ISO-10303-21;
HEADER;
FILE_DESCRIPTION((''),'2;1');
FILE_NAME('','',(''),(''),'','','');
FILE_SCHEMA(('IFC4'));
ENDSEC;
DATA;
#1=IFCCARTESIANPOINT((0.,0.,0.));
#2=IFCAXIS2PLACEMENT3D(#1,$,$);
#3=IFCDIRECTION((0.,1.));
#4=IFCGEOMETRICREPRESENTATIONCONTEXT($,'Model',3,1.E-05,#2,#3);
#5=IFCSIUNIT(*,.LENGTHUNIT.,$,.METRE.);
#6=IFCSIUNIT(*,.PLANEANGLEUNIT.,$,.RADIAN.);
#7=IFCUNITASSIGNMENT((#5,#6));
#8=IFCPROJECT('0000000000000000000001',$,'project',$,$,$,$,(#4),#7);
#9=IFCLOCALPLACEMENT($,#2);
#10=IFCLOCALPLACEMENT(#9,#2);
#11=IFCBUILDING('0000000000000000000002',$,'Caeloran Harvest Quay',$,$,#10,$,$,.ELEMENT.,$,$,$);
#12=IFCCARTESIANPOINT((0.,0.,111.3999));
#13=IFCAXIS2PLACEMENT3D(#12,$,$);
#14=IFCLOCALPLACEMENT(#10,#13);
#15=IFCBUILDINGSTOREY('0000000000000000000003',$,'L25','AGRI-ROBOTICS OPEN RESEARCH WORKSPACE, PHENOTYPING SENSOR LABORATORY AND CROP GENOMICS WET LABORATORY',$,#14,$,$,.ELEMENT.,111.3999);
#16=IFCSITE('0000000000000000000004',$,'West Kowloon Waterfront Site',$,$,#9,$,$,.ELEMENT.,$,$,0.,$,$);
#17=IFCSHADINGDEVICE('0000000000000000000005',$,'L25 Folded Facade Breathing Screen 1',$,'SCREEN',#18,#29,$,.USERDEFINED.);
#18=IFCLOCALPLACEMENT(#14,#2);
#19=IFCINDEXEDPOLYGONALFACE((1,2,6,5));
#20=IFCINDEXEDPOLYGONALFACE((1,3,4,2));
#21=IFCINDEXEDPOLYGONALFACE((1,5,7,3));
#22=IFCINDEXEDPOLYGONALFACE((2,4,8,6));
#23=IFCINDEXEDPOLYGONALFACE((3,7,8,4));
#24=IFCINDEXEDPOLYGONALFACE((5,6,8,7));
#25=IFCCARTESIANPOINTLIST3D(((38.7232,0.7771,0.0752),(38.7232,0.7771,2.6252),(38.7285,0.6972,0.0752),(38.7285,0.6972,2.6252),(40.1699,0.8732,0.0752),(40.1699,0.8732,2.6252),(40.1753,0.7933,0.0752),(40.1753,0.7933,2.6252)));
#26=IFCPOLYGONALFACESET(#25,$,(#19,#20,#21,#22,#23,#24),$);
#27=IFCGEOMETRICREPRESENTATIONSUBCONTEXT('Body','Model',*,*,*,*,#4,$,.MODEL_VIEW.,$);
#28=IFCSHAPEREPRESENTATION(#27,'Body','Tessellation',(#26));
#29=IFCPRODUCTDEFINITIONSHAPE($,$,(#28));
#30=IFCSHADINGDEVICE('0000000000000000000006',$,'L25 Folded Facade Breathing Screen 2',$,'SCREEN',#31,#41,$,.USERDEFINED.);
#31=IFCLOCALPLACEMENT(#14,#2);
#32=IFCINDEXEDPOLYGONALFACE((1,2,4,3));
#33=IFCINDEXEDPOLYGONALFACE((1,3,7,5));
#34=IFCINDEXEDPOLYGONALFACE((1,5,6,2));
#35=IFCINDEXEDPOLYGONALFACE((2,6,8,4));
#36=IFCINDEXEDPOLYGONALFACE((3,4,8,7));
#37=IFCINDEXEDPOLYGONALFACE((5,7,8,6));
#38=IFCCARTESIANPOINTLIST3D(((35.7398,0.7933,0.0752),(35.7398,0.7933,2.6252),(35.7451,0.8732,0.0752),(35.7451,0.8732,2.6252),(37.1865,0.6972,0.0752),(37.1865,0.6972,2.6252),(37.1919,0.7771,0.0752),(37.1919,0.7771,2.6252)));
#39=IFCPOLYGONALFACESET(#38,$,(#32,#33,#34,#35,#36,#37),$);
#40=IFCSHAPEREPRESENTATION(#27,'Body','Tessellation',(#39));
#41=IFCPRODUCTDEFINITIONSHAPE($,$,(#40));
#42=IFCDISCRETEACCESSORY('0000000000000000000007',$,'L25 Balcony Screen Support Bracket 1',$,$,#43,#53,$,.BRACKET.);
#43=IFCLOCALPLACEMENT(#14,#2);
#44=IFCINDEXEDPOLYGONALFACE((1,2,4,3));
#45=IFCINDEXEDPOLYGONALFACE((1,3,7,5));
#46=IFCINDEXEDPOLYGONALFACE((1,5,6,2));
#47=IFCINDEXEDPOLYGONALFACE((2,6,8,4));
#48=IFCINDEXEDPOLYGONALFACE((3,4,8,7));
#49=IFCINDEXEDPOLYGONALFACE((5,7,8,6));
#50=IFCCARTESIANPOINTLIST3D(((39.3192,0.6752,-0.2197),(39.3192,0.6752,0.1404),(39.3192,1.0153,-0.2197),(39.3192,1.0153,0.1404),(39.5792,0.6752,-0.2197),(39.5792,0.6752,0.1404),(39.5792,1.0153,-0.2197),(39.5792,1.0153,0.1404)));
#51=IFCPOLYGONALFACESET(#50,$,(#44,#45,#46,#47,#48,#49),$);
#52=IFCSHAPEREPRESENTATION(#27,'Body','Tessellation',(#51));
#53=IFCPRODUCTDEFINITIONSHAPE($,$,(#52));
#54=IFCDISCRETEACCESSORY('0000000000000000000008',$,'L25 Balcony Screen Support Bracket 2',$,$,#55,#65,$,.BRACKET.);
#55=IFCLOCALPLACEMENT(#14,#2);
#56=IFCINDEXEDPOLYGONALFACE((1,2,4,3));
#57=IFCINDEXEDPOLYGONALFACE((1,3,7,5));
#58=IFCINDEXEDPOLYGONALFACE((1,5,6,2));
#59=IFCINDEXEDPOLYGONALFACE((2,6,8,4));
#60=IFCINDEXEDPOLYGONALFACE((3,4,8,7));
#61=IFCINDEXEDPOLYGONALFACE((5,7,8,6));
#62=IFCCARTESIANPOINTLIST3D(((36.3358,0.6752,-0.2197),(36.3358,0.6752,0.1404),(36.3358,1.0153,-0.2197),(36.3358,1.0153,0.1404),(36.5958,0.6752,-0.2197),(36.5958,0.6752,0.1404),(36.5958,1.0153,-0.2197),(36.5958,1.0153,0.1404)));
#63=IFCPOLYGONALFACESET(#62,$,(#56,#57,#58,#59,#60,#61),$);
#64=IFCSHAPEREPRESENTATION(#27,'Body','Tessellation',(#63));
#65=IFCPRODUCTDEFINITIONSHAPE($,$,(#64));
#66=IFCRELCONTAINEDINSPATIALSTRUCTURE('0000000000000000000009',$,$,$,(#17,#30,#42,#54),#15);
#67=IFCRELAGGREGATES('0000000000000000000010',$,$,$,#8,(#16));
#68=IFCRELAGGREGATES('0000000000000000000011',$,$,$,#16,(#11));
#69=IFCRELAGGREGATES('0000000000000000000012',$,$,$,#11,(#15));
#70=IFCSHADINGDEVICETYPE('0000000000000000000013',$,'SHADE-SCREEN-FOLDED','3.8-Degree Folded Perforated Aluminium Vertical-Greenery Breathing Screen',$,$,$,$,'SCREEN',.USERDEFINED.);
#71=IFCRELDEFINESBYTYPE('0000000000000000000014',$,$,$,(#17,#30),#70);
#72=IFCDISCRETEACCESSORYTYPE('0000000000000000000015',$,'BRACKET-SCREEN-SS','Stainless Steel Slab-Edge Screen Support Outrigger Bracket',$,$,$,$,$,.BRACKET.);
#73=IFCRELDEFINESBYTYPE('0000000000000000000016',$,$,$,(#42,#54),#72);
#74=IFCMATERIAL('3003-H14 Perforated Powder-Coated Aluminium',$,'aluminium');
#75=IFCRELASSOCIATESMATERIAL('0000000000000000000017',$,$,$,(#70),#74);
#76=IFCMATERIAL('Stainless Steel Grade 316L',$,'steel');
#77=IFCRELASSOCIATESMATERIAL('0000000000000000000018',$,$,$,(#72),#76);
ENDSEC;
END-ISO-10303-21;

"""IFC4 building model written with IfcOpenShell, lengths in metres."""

from ifc_helpers import new_model, si_unit, direction, frame, origin, origin_2d, place, context, subcontext, project, spatial, rectangle, extrude, material, type_object, element, save


model = new_model("IFC4")

# Units and contexts
model_context = context("Model", 3, precision=1e-05, world=origin(), true_north=direction((0.0, 1.0)))
body_context = subcontext(model_context, "Body", "Model", "MODEL_VIEW")
ifc_project = project(units=[si_unit("LENGTHUNIT", "METRE"), si_unit("PLANEANGLEUNIT", "RADIAN")], contexts=[model_context])

# Site, building, storey
site_placement = place(None, origin())
site = spatial("IfcSite", under=ifc_project, at=site_placement, Name="West Kowloon Waterfront Site", CompositionType="ELEMENT", RefElevation=0.0)
building_placement = place(site_placement, origin())
building = spatial("IfcBuilding", under=site, at=building_placement, Name="Caeloran Harvest Quay", CompositionType="ELEMENT")
storey_placement = place(building_placement, frame((0.0, 0.0, 111.3999)))
storey = spatial("IfcBuildingStorey", under=building, at=storey_placement, Name="L25", Description="AGRI-ROBOTICS OPEN RESEARCH WORKSPACE, PHENOTYPING SENSOR LABORATORY AND CROP GENOMICS WET LABORATORY", CompositionType="ELEMENT", Elevation=111.3999)

# Shading devices
ifc_material_1 = material(Name="3003-H14 Perforated Powder-Coated Aluminium", Category="aluminium")
shading_device_type = type_object("IfcShadingDeviceType", Name="SHADE-SCREEN-FOLDED", Description="3.8-Degree Folded Perforated Aluminium Vertical-Greenery Breathing Screen", ElementType="SCREEN", PredefinedType="USERDEFINED", material=ifc_material_1)
for number, where, z_axis, x_axis, name in (
    (1, (39.4492, 0.7852, 0.0752), (0.0, 0.0, 1.0), (0.997801, 0.066274, 0.0), "L25 Folded Facade Breathing Screen 1"),
    (2, (36.4658, 0.7852, 0.0752), (0.0, 0.0, 1.0), (0.997801, -0.066274, 0.0), "L25 Folded Facade Breathing Screen 2"),
):
    element("IfcShadingDevice", number, at=place(storey_placement, frame(where, z_axis=z_axis, x_axis=x_axis)), inside=storey, type_object=shading_device_type, Name=name, ObjectType="SCREEN", PredefinedType="USERDEFINED", context=body_context, shape_type="SweptSolid", body=[
        extrude(rectangle(XDim=1.45, YDim=0.0801, at=origin_2d()), origin(), (0.0, 0.0, 1.0), 2.55),
    ])

# Discrete accessories
ifc_material_2 = material(Name="Stainless Steel Grade 316L", Category="steel")
discrete_accessory_type = type_object("IfcDiscreteAccessoryType", Name="BRACKET-SCREEN-SS", Description="Stainless Steel Slab-Edge Screen Support Outrigger Bracket", PredefinedType="BRACKET", material=ifc_material_2)
for number, where, z_axis, x_axis, name in (
    (3, (39.4492, 0.8452, -0.2197), (0.0, 0.0, 1.0), (1.0, 0.0, 0.0), "L25 Balcony Screen Support Bracket 1"),
    (4, (36.4658, 0.8452, -0.2197), (0.0, 0.0, 1.0), (1.0, 0.0, 0.0), "L25 Balcony Screen Support Bracket 2"),
):
    element("IfcDiscreteAccessory", number, at=place(storey_placement, frame(where, z_axis=z_axis, x_axis=x_axis)), inside=storey, type_object=discrete_accessory_type, Name=name, PredefinedType="BRACKET", context=body_context, shape_type="SweptSolid", body=[
        extrude(rectangle(XDim=0.26, YDim=0.3401, at=origin_2d()), origin(), (0.0, 0.0, 1.0), 0.3601),
    ])

save(model, "model.ifc")
